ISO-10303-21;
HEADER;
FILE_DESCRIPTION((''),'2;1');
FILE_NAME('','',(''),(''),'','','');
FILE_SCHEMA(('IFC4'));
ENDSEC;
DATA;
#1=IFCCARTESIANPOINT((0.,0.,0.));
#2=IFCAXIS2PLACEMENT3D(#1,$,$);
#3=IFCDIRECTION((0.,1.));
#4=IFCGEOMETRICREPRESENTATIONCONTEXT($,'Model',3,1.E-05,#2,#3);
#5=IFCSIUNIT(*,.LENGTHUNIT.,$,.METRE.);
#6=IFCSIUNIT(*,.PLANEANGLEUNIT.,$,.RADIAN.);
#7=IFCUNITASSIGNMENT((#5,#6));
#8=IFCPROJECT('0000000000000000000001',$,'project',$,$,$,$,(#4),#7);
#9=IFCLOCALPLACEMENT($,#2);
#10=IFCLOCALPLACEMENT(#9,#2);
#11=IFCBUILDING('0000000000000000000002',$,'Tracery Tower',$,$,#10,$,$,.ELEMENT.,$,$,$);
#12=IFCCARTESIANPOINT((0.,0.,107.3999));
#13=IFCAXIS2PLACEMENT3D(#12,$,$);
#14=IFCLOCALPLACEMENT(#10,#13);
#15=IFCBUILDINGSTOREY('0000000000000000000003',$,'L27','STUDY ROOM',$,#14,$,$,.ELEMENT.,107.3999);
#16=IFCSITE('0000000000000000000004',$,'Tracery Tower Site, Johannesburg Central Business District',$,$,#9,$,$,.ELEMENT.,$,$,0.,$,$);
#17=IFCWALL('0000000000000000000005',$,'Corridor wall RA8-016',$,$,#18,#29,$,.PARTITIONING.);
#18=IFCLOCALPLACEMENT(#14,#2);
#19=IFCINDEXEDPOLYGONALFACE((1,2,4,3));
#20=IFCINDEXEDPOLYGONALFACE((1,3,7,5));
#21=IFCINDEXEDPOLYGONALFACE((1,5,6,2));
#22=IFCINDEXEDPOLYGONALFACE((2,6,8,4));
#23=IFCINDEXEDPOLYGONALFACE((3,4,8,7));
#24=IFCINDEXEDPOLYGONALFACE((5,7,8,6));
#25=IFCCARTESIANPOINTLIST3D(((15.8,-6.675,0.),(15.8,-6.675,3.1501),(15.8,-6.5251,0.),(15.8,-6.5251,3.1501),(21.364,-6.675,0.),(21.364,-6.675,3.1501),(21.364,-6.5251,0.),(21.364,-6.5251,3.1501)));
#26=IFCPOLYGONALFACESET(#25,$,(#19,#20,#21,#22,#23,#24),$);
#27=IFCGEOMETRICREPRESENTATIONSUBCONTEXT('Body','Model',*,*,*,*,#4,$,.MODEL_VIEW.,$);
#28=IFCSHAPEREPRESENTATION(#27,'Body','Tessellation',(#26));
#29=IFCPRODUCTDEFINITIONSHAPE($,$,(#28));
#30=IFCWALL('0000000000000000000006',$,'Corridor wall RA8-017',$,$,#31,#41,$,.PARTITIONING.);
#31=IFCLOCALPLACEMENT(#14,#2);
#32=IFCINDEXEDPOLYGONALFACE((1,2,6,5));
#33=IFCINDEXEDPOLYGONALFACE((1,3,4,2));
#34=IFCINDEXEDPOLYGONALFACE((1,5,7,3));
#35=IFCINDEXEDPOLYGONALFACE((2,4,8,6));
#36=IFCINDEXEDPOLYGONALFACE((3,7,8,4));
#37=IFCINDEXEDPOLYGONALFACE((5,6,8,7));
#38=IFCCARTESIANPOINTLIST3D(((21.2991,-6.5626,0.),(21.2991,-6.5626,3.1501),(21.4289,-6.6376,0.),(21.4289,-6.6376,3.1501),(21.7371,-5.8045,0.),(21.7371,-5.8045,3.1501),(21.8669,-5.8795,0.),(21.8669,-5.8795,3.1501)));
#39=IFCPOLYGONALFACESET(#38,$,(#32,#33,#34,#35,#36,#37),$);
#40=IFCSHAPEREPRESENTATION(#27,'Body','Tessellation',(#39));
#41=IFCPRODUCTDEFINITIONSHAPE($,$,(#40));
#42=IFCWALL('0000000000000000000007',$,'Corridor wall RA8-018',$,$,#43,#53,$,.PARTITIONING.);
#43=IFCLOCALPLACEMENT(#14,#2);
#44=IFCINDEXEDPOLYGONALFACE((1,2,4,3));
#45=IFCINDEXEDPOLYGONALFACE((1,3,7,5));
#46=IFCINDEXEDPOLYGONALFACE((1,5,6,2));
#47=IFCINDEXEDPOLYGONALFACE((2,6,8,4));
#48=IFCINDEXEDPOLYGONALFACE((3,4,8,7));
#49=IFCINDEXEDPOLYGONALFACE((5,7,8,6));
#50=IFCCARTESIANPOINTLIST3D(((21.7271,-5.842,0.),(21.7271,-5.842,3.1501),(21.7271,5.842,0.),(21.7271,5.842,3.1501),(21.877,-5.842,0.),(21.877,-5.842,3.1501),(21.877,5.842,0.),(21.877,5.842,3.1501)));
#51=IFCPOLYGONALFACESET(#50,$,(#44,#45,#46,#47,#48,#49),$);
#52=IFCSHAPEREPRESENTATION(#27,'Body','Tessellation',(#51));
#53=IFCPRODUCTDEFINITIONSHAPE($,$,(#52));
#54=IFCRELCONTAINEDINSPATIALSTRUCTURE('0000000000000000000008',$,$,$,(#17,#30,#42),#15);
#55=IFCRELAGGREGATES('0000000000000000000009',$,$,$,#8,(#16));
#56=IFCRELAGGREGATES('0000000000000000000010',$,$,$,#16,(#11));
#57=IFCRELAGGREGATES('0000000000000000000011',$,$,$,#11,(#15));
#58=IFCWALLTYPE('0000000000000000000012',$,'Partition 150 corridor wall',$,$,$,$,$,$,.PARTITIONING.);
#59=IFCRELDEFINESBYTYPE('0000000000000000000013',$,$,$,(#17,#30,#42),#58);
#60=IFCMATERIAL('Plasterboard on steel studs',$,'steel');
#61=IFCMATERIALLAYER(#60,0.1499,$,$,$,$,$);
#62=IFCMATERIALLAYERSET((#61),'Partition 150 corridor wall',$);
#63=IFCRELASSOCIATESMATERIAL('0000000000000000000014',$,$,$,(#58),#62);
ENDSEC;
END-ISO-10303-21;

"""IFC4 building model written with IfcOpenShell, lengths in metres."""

from ifc_helpers import new_model, si_unit, direction, frame, frame_2d, origin, place, context, subcontext, project, spatial, rectangle, extrude, material, layer, layer_set, type_object, element, save


model = new_model("IFC4")

# Units and contexts
model_context = context("Model", 3, precision=1e-05, world=origin(), true_north=direction((0.0, 1.0)))
body_context = subcontext(model_context, "Body", "Model", "MODEL_VIEW")
ifc_project = project(units=[si_unit("LENGTHUNIT", "METRE"), si_unit("PLANEANGLEUNIT", "RADIAN")], contexts=[model_context])

# Site, building, storey
site_placement = place(None, origin())
site = spatial("IfcSite", under=ifc_project, at=site_placement, Name="Tracery Tower Site, Johannesburg Central Business District", CompositionType="ELEMENT", RefElevation=0.0)
building_placement = place(site_placement, origin())
building = spatial("IfcBuilding", under=site, at=building_placement, Name="Tracery Tower", CompositionType="ELEMENT")
storey_placement = place(building_placement, frame((0.0, 0.0, 107.3999)))
storey = spatial("IfcBuildingStorey", under=building, at=storey_placement, Name="L27", Description="STUDY ROOM", CompositionType="ELEMENT", Elevation=107.3999)

# Shared definitions
ifc_material_1 = material(Name="Plasterboard on steel studs", Category="steel")
ifc_layer_1 = layer(ifc_material_1, 0.1499)
ifc_layer_set_1 = layer_set([ifc_layer_1], Name="Partition 150 corridor wall")
wall_type_1 = type_object("IfcWallType", Name="Partition 150 corridor wall", PredefinedType="PARTITIONING", material=ifc_layer_set_1)

# Walls
wall_1_placement = place(storey_placement, frame((15.8, -6.6001, 0.0), z_axis=(0.0, 0.0, 1.0), x_axis=(1.0, 0.0, 0.0)))
element("IfcWall", 1, at=wall_1_placement, inside=storey, type_object=wall_type_1, Name="Corridor wall RA8-016", PredefinedType="PARTITIONING", context=body_context, shape_type="SweptSolid", body=[
    extrude(rectangle(XDim=5.564, YDim=0.1499, at=frame_2d((2.782, 0.0))), origin(), (0.0, 0.0, 1.0), 3.1501),
])
wall_2_placement = place(storey_placement, frame((21.364, -6.6001, 0.0), z_axis=(0.0, 0.0, 1.0), x_axis=(0.500278, 0.865865, 0.0)))
element("IfcWall", 2, at=wall_2_placement, inside=storey, type_object=wall_type_1, Name="Corridor wall RA8-017", PredefinedType="PARTITIONING", context=body_context, shape_type="SweptSolid", body=[
    extrude(rectangle(XDim=0.8755, YDim=0.1499, at=frame_2d((0.4377, 0.0))), origin(), (0.0, 0.0, 1.0), 3.1501),
])
wall_3_placement = place(storey_placement, frame((21.802, -5.842, 0.0), z_axis=(0.0, 0.0, 1.0), x_axis=(0.0, 1.0, 0.0)))
element("IfcWall", 3, at=wall_3_placement, inside=storey, type_object=wall_type_1, Name="Corridor wall RA8-018", PredefinedType="PARTITIONING", context=body_context, shape_type="SweptSolid", body=[
    extrude(rectangle(XDim=11.6841, YDim=0.1499, at=frame_2d((5.842, 0.0))), origin(), (0.0, 0.0, 1.0), 3.1501),
])

save(model, "model.ifc")
